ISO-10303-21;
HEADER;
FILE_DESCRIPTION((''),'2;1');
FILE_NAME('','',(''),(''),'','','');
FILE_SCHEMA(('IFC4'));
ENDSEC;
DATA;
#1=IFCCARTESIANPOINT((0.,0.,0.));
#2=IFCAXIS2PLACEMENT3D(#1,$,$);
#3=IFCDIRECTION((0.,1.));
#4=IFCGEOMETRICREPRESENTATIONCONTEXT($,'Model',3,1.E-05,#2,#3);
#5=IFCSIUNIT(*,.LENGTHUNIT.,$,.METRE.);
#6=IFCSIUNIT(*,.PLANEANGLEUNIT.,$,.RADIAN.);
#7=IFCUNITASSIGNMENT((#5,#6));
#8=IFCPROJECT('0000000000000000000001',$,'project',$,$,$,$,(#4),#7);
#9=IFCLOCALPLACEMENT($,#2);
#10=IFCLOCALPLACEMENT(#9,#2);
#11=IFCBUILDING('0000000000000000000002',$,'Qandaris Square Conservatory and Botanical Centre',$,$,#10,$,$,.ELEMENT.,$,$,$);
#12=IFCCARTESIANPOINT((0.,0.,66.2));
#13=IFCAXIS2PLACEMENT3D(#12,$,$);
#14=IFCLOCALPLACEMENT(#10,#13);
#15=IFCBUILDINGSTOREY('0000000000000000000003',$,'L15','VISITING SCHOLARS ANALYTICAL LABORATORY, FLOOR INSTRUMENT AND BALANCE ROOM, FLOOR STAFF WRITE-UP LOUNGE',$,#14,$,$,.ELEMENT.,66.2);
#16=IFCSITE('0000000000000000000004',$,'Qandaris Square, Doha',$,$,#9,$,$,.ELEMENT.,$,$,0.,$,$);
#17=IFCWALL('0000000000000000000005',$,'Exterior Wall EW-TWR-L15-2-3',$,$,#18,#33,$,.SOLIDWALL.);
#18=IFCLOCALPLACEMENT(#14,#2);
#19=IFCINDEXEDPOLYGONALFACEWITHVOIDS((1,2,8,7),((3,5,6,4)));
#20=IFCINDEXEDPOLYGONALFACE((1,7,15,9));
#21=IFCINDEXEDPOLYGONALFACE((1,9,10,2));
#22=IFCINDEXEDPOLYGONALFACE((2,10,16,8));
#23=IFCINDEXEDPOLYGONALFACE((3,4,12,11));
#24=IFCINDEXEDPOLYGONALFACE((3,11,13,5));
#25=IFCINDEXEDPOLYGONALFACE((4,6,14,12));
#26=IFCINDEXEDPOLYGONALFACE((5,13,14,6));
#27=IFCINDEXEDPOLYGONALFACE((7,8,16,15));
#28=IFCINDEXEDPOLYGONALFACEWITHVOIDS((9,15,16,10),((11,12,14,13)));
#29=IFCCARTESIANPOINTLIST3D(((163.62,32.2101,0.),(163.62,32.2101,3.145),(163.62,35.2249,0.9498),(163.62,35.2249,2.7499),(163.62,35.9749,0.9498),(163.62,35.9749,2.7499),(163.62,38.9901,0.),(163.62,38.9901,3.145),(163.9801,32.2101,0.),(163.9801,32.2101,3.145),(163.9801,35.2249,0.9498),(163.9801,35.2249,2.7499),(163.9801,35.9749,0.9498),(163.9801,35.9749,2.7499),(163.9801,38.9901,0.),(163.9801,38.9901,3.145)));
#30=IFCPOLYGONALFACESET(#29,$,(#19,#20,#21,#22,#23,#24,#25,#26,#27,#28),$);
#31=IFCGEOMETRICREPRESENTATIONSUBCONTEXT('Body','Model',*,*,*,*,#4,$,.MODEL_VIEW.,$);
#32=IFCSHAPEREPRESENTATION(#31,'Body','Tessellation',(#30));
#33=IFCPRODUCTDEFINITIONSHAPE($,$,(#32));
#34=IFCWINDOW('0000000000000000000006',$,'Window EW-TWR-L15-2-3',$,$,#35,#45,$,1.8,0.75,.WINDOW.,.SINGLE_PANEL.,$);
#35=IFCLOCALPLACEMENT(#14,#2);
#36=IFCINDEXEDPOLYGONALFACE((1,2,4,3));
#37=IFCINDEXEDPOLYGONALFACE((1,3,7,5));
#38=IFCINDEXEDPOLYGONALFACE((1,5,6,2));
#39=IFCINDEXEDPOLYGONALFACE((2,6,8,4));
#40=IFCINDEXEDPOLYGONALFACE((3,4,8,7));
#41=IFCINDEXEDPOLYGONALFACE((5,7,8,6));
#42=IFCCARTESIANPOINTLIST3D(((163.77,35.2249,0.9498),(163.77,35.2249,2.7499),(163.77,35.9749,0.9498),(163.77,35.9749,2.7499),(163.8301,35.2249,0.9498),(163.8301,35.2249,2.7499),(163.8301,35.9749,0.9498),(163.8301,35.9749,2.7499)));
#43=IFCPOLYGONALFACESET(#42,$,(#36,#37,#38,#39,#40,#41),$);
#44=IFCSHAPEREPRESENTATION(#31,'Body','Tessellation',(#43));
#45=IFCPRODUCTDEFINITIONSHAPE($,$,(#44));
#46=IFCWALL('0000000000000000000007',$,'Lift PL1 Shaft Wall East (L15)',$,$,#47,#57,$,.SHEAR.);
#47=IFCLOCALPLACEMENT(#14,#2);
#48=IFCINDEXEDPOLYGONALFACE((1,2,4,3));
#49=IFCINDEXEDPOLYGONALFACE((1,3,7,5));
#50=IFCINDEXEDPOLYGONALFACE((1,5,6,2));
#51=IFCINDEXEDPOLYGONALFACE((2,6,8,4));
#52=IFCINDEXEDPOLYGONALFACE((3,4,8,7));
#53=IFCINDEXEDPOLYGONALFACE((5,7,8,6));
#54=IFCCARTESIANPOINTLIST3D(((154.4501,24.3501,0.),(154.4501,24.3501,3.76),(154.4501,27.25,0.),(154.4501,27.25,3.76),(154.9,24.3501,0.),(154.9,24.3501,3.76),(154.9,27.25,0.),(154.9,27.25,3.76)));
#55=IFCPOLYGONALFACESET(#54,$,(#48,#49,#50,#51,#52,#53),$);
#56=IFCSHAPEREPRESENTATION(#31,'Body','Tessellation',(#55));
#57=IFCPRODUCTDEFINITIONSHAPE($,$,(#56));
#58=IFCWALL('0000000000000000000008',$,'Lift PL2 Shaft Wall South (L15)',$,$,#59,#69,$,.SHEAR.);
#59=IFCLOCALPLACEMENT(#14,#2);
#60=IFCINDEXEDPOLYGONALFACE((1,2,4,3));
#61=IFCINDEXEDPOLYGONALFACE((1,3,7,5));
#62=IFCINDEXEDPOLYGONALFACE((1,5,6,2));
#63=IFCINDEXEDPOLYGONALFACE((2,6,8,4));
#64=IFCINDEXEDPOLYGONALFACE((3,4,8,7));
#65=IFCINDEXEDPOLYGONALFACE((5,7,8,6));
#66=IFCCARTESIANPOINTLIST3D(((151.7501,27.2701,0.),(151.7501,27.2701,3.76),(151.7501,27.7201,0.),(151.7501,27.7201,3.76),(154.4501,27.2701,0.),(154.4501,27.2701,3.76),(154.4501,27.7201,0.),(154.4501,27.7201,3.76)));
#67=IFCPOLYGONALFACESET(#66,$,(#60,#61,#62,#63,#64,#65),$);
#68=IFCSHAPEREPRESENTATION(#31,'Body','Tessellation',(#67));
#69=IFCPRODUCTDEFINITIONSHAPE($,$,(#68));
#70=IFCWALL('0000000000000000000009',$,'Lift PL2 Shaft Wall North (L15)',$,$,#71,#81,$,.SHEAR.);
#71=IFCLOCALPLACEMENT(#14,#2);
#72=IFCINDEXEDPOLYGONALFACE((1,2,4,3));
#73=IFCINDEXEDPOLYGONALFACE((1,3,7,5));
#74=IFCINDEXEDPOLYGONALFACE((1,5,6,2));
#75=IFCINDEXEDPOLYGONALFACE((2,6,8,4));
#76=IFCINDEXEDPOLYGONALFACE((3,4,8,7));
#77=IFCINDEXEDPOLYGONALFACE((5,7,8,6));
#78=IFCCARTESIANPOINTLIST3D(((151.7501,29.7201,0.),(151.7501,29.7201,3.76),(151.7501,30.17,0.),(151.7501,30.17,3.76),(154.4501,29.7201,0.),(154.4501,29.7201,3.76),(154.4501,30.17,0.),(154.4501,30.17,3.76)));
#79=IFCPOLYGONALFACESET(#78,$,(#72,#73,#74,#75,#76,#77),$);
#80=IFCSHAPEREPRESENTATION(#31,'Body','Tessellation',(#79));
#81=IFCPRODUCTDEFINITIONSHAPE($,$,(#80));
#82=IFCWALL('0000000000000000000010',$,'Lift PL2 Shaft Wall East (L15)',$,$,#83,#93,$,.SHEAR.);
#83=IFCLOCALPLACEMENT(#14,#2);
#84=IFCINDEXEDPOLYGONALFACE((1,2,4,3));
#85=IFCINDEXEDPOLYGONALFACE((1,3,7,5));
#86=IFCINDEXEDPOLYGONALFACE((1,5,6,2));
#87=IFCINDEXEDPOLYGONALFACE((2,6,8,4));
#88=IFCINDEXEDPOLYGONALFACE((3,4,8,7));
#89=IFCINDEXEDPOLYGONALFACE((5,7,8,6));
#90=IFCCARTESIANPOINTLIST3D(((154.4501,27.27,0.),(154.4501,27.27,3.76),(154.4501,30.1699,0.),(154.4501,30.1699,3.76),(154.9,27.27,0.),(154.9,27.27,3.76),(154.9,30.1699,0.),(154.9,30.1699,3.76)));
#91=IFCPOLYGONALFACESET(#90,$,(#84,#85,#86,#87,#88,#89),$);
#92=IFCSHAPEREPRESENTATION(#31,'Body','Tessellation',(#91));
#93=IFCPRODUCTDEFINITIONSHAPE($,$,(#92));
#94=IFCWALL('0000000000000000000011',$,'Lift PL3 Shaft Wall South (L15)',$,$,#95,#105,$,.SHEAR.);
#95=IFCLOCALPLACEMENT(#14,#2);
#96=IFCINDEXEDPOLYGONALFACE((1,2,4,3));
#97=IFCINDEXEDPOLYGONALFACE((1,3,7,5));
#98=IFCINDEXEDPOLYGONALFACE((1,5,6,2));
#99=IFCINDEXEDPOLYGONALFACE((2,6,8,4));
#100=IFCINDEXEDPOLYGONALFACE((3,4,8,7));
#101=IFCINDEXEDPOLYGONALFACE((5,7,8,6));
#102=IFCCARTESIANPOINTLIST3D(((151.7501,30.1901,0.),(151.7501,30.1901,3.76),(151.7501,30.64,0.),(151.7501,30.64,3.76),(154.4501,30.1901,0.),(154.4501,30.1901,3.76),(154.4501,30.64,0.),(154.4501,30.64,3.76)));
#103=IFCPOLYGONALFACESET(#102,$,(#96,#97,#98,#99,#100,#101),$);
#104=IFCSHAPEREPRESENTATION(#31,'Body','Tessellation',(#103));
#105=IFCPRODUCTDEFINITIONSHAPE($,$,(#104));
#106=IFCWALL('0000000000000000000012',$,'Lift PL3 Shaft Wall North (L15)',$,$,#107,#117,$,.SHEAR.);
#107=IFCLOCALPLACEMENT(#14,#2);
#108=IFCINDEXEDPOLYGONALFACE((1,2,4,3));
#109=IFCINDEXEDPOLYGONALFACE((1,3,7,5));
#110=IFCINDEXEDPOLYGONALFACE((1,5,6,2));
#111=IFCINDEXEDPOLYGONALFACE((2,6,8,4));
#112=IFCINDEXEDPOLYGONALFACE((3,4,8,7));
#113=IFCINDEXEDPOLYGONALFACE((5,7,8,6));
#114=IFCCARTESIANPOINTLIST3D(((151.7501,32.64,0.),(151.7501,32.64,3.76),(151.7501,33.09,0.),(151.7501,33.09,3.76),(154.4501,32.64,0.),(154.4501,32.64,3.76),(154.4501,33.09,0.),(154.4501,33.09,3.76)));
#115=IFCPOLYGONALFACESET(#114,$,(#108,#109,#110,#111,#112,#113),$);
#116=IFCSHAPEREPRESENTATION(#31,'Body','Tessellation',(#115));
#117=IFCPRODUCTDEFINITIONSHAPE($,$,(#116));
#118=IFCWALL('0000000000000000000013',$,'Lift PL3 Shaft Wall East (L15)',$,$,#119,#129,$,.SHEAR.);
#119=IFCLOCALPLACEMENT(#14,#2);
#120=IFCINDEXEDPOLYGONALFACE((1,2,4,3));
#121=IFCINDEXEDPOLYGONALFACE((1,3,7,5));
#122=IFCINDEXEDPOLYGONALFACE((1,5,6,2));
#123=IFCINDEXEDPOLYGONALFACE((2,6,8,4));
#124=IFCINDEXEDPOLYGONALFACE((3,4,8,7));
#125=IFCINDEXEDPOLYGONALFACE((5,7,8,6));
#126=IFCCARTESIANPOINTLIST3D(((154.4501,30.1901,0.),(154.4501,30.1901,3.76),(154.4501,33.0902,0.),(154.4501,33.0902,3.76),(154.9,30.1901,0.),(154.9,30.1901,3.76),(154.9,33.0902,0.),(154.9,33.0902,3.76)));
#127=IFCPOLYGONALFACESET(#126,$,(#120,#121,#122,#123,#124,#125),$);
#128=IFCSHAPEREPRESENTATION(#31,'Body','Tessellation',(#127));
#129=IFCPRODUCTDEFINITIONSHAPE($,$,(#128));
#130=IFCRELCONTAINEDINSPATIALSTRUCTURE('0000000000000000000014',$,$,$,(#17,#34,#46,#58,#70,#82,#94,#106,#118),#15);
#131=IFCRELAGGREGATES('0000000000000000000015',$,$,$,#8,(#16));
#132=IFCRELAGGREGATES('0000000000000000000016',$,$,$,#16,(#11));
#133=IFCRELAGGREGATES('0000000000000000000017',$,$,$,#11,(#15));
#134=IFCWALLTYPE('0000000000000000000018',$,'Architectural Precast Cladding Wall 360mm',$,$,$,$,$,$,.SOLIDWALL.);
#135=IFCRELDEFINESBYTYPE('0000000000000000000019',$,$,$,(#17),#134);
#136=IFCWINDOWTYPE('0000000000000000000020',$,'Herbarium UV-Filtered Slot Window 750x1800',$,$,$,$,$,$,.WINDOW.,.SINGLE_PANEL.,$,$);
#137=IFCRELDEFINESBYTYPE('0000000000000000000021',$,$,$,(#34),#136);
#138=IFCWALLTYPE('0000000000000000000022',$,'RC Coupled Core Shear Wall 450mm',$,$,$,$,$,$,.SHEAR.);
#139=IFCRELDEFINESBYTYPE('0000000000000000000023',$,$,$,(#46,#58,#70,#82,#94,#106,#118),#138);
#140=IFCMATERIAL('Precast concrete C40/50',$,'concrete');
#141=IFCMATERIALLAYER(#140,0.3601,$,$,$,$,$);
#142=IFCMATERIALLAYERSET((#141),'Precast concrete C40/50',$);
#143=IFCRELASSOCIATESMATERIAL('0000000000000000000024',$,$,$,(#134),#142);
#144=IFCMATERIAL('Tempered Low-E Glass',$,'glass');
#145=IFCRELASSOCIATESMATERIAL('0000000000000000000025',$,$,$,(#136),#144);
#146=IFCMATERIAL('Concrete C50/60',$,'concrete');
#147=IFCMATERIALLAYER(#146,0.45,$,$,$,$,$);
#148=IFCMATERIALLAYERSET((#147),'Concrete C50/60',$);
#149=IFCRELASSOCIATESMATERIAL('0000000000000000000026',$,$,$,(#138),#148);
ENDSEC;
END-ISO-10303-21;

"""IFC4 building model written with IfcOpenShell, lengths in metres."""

from ifc_helpers import new_model, si_unit, direction, frame, frame_2d, origin, place, context, subcontext, project, spatial, rectangle, extrude, material, layer, layer_set, type_object, element, fill, save


model = new_model("IFC4")

# Units and contexts
model_context = context("Model", 3, precision=1e-05, world=origin(), true_north=direction((0.0, 1.0)))
body_context = subcontext(model_context, "Body", "Model", "MODEL_VIEW")
ifc_project = project(units=[si_unit("LENGTHUNIT", "METRE"), si_unit("PLANEANGLEUNIT", "RADIAN")], contexts=[model_context])

# Site, building, storey
site_placement = place(None, origin())
site = spatial("IfcSite", under=ifc_project, at=site_placement, Name="Qandaris Square, Doha", CompositionType="ELEMENT", RefElevation=0.0)
building_placement = place(site_placement, origin())
building = spatial("IfcBuilding", under=site, at=building_placement, Name="Qandaris Square Conservatory and Botanical Centre", CompositionType="ELEMENT")
storey_placement = place(building_placement, frame((0.0, 0.0, 66.2)))
storey = spatial("IfcBuildingStorey", under=building, at=storey_placement, Name="L15", Description="VISITING SCHOLARS ANALYTICAL LABORATORY, FLOOR INSTRUMENT AND BALANCE ROOM, FLOOR STAFF WRITE-UP LOUNGE", CompositionType="ELEMENT", Elevation=66.2)

# Shared definitions
ifc_material_1 = material(Name="Concrete C50/60", Category="concrete")

# Wall, opening, window
ifc_material_2 = material(Name="Precast concrete C40/50", Category="concrete")
ifc_layer_1 = layer(ifc_material_2, 0.3601)
ifc_layer_set_1 = layer_set([ifc_layer_1], Name="Precast concrete C40/50")
wall_type_1 = type_object("IfcWallType", Name="Architectural Precast Cladding Wall 360mm", PredefinedType="SOLIDWALL", material=ifc_layer_set_1)
ifc_material_3 = material(Name="Tempered Low-E Glass", Category="glass")
wall_1_placement = place(storey_placement, frame((163.8, 32.21, 0.0), z_axis=(0.0, 0.0, 1.0), x_axis=(0.0, 1.0, 0.0)))
wall_1 = element("IfcWall", 1, at=wall_1_placement, inside=storey, type_object=wall_type_1, Name="Exterior Wall EW-TWR-L15-2-3", PredefinedType="SOLIDWALL", context=body_context, shape_type="SweptSolid", body=[
    extrude(rectangle(XDim=6.78, YDim=0.3601, at=frame_2d((3.3901, 0.0))), origin(), (0.0, 0.0, 1.0), 3.145),
])
opening_1_placement = place(wall_1_placement, frame((3.0149, 0.0, 0.95)))
opening_1 = element("IfcOpeningElement", 2, at=opening_1_placement, cuts=wall_1, PredefinedType="OPENING", context=body_context, shape_type="SweptSolid", body=[
    extrude(rectangle(XDim=0.75, YDim=1.8, at=frame_2d((0.375, 0.8999))), frame((0.0, 0.1919, 0.0), z_axis=(0.0, -1.0, 0.0), x_axis=(1.0, 0.0, 0.0)), (0.0, 0.0, 1.0), 0.384),
])
window_type_1 = type_object("IfcWindowType", Name="Herbarium UV-Filtered Slot Window 750x1800", PartitioningType="SINGLE_PANEL", PredefinedType="WINDOW", material=ifc_material_3)
window_1_placement = place(opening_1_placement, origin())
window_1 = element("IfcWindow", 3, at=window_1_placement, inside=storey, type_object=window_type_1, Name="Window EW-TWR-L15-2-3", OverallHeight=1.8, OverallWidth=0.75, PartitioningType="SINGLE_PANEL", PredefinedType="WINDOW", context=body_context, shape_type="SweptSolid", body=[
    extrude(rectangle(XDim=0.75, YDim=1.8, at=frame_2d((0.375, 0.8999))), frame((0.0, 0.03, 0.0), z_axis=(0.0, -1.0, 0.0), x_axis=(1.0, 0.0, 0.0)), (0.0, 0.0, 1.0), 0.0601),
])
fill(opening_1, window_1)

# Walls
ifc_layer_2 = layer(ifc_material_1, 0.45)
ifc_layer_set_2 = layer_set([ifc_layer_2], Name="Concrete C50/60")
wall_type_2 = type_object("IfcWallType", Name="RC Coupled Core Shear Wall 450mm", PredefinedType="SHEAR", material=ifc_layer_set_2)
wall_2_placement = place(storey_placement, frame((154.675, 24.3501, 0.0), z_axis=(0.0, 0.0, 1.0), x_axis=(0.0, 1.0, 0.0)))
element("IfcWall", 4, at=wall_2_placement, inside=storey, type_object=wall_type_2, Name="Lift PL1 Shaft Wall East (L15)", PredefinedType="SHEAR", context=body_context, shape_type="SweptSolid", body=[
    extrude(rectangle(XDim=2.8999, YDim=0.45, at=frame_2d((1.45, 0.0))), origin(), (0.0, 0.0, 1.0), 3.76),
])
for number, where, z_axis, x_axis, name in (
    (5, (151.75, 27.4951, 0.0), (0.0, 0.0, 1.0), (1.0, 0.0, 0.0), "Lift PL2 Shaft Wall South (L15)"),
    (6, (151.75, 29.9451, 0.0), (0.0, 0.0, 1.0), (1.0, 0.0, 0.0), "Lift PL2 Shaft Wall North (L15)"),
):
    element("IfcWall", number, at=place(storey_placement, frame(where, z_axis=z_axis, x_axis=x_axis)), inside=storey, type_object=wall_type_2, Name=name, PredefinedType="SHEAR", context=body_context, shape_type="SweptSolid", body=[
        extrude(rectangle(XDim=2.7, YDim=0.45, at=frame_2d((1.3501, 0.0))), origin(), (0.0, 0.0, 1.0), 3.76),
    ])
wall_3_placement = place(storey_placement, frame((154.675, 27.27, 0.0), z_axis=(0.0, 0.0, 1.0), x_axis=(0.0, 1.0, 0.0)))
element("IfcWall", 7, at=wall_3_placement, inside=storey, type_object=wall_type_2, Name="Lift PL2 Shaft Wall East (L15)", PredefinedType="SHEAR", context=body_context, shape_type="SweptSolid", body=[
    extrude(rectangle(XDim=2.8999, YDim=0.45, at=frame_2d((1.45, 0.0))), origin(), (0.0, 0.0, 1.0), 3.76),
])
for number, where, z_axis, x_axis, name in (
    (8, (151.75, 30.415, 0.0), (0.0, 0.0, 1.0), (1.0, 0.0, 0.0), "Lift PL3 Shaft Wall South (L15)"),
    (9, (151.75, 32.865, 0.0), (0.0, 0.0, 1.0), (1.0, 0.0, 0.0), "Lift PL3 Shaft Wall North (L15)"),
):
    element("IfcWall", number, at=place(storey_placement, frame(where, z_axis=z_axis, x_axis=x_axis)), inside=storey, type_object=wall_type_2, Name=name, PredefinedType="SHEAR", context=body_context, shape_type="SweptSolid", body=[
        extrude(rectangle(XDim=2.7, YDim=0.45, at=frame_2d((1.3501, 0.0))), origin(), (0.0, 0.0, 1.0), 3.76),
    ])
wall_4_placement = place(storey_placement, frame((154.675, 30.1899, 0.0), z_axis=(0.0, 0.0, 1.0), x_axis=(0.0, 1.0, 0.0)))
element("IfcWall", 10, at=wall_4_placement, inside=storey, type_object=wall_type_2, Name="Lift PL3 Shaft Wall East (L15)", PredefinedType="SHEAR", context=body_context, shape_type="SweptSolid", body=[
    extrude(rectangle(XDim=2.9001, YDim=0.45, at=frame_2d((1.4502, 0.0))), origin(), (0.0, 0.0, 1.0), 3.76),
])

save(model, "model.ifc")
